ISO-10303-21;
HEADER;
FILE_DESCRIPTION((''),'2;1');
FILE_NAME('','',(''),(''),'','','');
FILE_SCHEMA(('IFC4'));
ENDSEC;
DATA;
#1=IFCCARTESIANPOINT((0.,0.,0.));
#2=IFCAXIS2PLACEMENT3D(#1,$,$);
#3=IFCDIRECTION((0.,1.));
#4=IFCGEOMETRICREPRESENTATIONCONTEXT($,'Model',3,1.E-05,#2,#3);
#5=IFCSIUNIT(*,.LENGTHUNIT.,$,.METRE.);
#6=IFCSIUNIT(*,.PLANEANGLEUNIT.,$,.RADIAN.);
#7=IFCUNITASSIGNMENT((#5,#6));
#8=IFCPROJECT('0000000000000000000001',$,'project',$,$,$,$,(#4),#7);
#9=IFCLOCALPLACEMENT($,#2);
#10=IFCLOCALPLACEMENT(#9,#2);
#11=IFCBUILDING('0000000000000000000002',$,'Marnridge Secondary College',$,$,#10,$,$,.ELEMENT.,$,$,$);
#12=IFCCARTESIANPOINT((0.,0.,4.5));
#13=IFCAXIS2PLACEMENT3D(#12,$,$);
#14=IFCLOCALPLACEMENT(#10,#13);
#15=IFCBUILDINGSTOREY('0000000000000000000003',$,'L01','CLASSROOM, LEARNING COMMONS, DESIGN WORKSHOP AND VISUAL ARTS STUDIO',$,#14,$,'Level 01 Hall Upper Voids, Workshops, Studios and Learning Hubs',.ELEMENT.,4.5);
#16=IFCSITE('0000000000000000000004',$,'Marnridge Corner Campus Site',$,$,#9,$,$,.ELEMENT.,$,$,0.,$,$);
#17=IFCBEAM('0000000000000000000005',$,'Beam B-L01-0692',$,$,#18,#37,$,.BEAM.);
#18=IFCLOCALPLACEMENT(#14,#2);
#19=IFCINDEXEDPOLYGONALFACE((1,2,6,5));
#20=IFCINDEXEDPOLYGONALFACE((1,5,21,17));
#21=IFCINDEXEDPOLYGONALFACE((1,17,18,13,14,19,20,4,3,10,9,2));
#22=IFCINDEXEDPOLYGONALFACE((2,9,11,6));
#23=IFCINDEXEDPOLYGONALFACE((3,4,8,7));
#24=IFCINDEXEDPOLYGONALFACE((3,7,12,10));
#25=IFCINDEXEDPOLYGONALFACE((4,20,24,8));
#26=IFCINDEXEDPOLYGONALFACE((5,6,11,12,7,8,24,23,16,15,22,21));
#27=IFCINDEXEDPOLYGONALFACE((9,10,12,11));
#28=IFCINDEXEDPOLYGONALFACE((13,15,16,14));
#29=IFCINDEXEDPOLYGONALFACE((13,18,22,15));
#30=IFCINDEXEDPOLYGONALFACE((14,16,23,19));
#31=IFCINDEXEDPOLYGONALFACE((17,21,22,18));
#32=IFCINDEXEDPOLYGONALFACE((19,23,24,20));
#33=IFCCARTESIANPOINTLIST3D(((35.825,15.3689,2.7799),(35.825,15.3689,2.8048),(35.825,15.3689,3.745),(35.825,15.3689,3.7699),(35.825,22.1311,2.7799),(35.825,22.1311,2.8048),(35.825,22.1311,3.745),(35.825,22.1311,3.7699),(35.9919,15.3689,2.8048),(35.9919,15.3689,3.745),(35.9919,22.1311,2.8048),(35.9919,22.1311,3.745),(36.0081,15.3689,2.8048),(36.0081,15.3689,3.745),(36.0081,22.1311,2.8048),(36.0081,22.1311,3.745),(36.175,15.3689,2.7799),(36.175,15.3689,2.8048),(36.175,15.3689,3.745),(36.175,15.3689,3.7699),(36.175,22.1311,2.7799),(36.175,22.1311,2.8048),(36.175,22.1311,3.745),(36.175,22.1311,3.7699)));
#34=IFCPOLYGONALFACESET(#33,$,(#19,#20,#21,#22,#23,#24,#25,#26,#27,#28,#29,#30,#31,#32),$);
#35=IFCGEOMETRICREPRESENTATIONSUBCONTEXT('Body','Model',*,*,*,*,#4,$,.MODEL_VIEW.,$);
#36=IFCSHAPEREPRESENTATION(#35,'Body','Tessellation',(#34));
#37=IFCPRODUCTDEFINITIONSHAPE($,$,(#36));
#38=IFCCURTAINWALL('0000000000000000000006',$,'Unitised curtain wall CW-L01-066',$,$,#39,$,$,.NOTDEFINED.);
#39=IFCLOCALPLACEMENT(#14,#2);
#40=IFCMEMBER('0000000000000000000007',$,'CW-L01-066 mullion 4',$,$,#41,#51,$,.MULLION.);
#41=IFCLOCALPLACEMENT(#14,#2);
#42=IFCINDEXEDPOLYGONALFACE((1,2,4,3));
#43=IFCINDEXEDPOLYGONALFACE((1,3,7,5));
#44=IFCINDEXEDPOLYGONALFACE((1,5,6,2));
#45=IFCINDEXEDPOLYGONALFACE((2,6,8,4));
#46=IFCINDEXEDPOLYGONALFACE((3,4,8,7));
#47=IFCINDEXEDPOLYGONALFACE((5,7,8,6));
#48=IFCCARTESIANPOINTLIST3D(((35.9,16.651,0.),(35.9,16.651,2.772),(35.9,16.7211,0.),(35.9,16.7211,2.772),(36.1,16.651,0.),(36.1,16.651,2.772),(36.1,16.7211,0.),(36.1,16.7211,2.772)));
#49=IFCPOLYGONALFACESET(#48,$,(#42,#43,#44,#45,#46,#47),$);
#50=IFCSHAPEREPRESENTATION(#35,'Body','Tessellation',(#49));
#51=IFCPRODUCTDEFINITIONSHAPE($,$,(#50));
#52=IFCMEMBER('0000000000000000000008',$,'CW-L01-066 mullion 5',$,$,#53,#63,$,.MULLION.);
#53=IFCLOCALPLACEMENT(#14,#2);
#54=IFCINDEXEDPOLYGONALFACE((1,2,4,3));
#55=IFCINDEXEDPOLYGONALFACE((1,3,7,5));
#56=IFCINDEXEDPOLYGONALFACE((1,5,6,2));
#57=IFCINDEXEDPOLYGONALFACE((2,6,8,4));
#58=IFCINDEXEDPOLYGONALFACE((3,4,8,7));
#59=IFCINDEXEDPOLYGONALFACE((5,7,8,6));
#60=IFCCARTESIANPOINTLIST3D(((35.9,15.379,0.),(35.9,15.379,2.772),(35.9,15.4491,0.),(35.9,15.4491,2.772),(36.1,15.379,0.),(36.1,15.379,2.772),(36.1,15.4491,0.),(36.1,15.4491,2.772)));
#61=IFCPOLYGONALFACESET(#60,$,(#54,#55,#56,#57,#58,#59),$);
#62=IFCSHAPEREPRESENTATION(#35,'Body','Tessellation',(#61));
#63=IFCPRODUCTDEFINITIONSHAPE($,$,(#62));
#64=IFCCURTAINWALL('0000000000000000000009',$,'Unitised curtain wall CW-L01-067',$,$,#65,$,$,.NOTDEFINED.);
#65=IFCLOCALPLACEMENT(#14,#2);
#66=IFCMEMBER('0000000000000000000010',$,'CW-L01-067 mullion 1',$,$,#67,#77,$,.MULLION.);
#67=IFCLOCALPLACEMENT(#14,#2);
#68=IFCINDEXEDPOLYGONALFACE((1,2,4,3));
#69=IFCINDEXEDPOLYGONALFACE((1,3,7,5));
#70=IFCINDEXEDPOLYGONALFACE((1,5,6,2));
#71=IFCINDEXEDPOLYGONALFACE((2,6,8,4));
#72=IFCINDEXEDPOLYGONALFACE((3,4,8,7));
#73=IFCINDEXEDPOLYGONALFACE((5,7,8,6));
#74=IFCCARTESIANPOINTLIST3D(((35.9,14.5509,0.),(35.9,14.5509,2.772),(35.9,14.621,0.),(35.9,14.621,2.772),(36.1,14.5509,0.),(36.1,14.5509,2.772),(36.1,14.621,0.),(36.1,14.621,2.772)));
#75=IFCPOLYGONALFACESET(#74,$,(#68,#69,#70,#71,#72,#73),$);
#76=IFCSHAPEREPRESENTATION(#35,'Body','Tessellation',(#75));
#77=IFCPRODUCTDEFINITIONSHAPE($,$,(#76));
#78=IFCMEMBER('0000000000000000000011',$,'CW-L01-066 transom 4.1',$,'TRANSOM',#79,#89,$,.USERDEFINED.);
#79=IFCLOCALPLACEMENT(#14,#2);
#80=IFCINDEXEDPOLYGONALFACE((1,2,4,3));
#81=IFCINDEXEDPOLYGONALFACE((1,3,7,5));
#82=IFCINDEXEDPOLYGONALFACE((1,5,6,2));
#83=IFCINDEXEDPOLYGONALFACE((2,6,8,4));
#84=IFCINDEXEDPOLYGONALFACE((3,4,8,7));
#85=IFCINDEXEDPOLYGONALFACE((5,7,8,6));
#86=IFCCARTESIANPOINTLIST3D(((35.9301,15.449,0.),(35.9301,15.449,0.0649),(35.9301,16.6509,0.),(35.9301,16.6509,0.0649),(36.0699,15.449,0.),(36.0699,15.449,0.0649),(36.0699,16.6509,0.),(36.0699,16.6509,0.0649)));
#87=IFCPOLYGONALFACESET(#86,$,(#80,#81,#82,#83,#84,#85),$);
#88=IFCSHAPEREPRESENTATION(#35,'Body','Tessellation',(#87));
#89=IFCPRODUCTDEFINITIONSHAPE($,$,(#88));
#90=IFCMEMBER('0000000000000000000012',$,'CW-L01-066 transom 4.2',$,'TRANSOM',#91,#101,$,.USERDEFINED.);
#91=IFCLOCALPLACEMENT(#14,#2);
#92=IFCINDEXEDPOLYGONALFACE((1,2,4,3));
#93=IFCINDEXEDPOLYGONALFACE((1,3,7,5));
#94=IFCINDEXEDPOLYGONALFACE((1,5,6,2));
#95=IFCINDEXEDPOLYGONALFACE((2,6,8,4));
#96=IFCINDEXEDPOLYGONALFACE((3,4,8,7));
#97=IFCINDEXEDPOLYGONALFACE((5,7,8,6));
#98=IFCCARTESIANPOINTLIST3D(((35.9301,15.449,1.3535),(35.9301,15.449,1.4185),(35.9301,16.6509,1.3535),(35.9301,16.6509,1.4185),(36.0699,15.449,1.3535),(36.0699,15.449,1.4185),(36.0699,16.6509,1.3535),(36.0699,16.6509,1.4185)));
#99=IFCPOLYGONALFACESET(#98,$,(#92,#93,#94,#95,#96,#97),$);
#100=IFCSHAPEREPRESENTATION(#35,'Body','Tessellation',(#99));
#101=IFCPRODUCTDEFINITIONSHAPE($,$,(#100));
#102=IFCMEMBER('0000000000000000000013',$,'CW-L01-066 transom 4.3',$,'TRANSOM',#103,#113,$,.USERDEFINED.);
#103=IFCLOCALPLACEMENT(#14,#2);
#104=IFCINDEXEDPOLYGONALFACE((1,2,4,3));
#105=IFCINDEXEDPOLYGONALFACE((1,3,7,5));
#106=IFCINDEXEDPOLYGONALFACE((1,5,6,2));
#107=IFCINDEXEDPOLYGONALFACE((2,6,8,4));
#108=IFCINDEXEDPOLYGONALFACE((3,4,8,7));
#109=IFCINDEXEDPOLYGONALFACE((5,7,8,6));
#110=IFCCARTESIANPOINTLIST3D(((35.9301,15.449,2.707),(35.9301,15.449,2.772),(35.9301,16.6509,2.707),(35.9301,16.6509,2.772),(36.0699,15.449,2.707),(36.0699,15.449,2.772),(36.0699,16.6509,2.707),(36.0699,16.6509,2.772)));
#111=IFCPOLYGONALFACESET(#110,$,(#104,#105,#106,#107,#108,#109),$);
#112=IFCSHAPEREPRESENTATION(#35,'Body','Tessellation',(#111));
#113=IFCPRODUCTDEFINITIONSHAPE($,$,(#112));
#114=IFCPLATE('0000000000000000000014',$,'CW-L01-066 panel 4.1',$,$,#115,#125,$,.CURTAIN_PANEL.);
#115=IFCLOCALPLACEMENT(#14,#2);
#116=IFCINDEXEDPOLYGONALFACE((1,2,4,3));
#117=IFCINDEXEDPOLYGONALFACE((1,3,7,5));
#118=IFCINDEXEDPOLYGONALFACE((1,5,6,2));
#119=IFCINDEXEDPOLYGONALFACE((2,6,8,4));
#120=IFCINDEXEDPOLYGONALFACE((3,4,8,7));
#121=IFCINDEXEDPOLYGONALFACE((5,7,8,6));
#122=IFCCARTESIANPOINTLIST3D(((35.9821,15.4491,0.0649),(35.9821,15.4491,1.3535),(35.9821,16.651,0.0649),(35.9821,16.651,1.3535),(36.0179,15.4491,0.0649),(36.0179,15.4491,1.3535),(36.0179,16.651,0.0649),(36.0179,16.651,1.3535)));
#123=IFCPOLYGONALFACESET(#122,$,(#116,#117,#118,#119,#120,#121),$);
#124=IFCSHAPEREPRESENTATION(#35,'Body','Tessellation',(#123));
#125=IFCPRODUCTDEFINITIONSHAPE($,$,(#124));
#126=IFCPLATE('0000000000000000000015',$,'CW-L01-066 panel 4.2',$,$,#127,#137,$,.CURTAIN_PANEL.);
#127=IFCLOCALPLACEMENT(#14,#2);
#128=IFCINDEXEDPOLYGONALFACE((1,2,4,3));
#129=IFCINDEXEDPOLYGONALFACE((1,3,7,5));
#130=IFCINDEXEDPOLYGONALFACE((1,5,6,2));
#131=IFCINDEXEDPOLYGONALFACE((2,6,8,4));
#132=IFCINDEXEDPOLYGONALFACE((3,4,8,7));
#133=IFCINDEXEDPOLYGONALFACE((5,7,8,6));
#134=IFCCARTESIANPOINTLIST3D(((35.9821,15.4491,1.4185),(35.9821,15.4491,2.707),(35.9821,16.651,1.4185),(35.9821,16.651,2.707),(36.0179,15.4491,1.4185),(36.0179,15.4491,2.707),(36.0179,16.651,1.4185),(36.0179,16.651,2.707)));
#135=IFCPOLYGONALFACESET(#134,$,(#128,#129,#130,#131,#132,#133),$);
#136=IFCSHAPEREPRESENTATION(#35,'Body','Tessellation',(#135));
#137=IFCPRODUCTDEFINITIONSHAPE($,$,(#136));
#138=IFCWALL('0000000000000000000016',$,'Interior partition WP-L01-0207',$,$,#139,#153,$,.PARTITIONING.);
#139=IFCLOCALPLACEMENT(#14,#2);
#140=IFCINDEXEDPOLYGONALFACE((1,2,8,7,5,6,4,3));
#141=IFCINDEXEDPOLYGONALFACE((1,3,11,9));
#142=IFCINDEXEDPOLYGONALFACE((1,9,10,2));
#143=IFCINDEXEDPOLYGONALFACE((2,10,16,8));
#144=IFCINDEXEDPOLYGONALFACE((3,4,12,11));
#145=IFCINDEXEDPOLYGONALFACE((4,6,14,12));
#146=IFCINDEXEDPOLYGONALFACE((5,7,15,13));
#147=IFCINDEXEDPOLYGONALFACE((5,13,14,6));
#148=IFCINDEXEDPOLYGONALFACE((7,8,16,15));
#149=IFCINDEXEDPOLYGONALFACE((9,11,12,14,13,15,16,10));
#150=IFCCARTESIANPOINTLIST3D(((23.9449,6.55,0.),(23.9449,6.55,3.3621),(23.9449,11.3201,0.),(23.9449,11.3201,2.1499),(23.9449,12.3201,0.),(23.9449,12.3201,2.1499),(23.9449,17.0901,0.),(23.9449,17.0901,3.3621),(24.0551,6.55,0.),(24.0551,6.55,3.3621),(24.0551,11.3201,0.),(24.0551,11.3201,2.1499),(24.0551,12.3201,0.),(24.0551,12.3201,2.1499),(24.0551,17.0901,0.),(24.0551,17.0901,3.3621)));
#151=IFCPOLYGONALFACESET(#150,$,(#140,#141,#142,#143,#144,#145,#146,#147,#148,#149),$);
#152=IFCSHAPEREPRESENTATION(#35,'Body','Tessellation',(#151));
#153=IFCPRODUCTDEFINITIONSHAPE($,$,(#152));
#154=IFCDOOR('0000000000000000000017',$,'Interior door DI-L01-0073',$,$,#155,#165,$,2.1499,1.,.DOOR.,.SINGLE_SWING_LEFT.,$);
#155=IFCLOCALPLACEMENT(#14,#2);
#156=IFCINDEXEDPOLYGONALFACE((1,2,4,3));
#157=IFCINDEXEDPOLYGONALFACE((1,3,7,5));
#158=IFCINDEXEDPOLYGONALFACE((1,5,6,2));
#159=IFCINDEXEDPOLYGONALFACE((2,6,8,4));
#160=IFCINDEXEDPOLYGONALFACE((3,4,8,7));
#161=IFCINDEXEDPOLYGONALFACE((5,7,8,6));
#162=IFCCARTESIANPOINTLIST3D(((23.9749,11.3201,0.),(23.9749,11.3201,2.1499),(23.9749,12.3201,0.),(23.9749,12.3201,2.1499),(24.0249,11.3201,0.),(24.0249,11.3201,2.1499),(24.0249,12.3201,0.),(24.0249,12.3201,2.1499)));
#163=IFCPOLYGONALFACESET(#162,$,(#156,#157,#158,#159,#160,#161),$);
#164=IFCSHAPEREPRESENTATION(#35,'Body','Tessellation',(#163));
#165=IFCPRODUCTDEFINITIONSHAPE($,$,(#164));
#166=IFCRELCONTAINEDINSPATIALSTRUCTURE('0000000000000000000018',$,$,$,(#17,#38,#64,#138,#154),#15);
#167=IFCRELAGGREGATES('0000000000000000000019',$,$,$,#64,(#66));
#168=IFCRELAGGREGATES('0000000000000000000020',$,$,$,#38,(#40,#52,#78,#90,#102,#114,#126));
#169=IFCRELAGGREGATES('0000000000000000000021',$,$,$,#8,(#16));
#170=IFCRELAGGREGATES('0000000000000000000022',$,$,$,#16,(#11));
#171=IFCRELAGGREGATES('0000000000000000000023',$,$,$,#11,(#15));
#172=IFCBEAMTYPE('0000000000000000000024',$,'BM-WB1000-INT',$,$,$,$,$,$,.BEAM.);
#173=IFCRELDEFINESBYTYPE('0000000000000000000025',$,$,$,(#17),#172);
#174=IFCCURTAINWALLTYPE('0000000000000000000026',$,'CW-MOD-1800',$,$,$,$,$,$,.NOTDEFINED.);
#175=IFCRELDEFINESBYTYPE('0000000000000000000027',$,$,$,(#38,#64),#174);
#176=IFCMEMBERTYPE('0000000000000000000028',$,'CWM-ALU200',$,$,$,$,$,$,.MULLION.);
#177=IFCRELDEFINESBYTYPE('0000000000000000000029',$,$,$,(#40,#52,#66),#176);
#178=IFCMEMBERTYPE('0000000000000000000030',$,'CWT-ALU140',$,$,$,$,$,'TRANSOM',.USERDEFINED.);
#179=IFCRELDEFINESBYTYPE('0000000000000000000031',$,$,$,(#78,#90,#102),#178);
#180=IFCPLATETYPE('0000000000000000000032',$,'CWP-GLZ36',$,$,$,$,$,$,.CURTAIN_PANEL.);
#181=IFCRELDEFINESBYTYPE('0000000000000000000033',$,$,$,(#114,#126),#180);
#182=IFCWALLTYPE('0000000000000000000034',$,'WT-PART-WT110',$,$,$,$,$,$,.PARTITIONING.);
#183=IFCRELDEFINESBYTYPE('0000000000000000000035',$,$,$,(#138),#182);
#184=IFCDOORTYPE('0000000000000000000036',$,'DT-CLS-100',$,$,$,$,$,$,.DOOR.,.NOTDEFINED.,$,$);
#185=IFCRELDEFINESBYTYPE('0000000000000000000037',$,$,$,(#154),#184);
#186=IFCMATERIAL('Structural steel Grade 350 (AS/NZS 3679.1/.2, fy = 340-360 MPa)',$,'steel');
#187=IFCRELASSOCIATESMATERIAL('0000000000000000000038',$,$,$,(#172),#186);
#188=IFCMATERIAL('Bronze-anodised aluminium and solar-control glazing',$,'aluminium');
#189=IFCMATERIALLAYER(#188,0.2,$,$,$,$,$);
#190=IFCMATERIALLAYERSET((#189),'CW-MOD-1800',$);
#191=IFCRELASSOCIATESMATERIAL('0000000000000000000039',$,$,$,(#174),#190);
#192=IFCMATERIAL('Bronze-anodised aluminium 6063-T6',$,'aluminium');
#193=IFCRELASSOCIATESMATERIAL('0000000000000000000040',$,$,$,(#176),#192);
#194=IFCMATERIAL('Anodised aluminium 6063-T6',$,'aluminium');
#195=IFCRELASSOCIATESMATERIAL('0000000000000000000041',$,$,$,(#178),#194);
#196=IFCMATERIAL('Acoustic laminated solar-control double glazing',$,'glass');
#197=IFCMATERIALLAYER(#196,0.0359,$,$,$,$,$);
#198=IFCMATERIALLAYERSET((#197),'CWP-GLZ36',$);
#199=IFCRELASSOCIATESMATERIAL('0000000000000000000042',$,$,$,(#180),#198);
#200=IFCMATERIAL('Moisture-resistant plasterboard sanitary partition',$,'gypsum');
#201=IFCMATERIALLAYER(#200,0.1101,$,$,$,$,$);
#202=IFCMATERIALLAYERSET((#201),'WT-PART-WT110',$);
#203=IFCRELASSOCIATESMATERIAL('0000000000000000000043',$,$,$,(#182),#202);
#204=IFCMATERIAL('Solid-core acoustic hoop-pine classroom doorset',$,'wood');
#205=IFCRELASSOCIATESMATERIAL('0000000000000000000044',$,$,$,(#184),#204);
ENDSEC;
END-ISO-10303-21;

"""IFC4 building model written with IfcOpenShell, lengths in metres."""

from ifc_helpers import new_model, si_unit, direction, frame, frame_2d, origin, origin_2d, place, context, subcontext, project, spatial, rectangle, i_section, extrude, material, layer, layer_set, material_profile, profile_set, type_object, element, fill, aggregate, save


model = new_model("IFC4")

# Units and contexts
model_context = context("Model", 3, precision=1e-05, world=origin(), true_north=direction((0.0, 1.0)))
body_context = subcontext(model_context, "Body", "Model", "MODEL_VIEW")
ifc_project = project(units=[si_unit("LENGTHUNIT", "METRE"), si_unit("PLANEANGLEUNIT", "RADIAN")], contexts=[model_context])

# Site, building, storey
site_placement = place(None, origin())
site = spatial("IfcSite", under=ifc_project, at=site_placement, Name="Marnridge Corner Campus Site", CompositionType="ELEMENT", RefElevation=0.0)
building_placement = place(site_placement, origin())
building = spatial("IfcBuilding", under=site, at=building_placement, Name="Marnridge Secondary College", CompositionType="ELEMENT")
storey_placement = place(building_placement, frame((0.0, 0.0, 4.5)))
storey = spatial("IfcBuildingStorey", under=building, at=storey_placement, Name="L01", Description="CLASSROOM, LEARNING COMMONS, DESIGN WORKSHOP AND VISUAL ARTS STUDIO", LongName="Level 01 Hall Upper Voids, Workshops, Studios and Learning Hubs", CompositionType="ELEMENT", Elevation=4.5)

# Beam
ifc_material_1 = material(Name="Structural steel Grade 350 (AS/NZS 3679.1/.2, fy = 340-360 MPa)", Category="steel")
ifc_material_profile_1 = material_profile(ifc_material_1, i_section(OverallWidth=0.3501, OverallDepth=0.99, WebThickness=0.0161, FlangeThickness=0.0249, at=origin_2d()), Name="1000WB258")
ifc_profile_set_1 = profile_set([ifc_material_profile_1], Name="Structural steel Grade 350 (AS/NZS 3679.1/.2, fy = 340-360 MPa)")
beam_type_1 = type_object("IfcBeamType", Name="BM-WB1000-INT", PredefinedType="BEAM", material=ifc_profile_set_1)
for number, where, z_axis, x_axis, name in (
    (1, (36.0, 15.3689, 3.2749), (0.0, 1.0, 0.0), (-1.0, 0.0, 0.0), "Beam B-L01-0692"),
):
    element("IfcBeam", number, at=place(storey_placement, frame(where, z_axis=z_axis, x_axis=x_axis)), inside=storey, type_object=beam_type_1, Name=name, PredefinedType="BEAM", context=body_context, shape_type="SweptSolid", body=[
        extrude(i_section(OverallWidth=0.3501, OverallDepth=0.99, WebThickness=0.0161, FlangeThickness=0.0249, at=origin_2d()), origin(), (0.0, 0.0, 1.0), 6.7622),
    ])

# Curtain wall, members
ifc_material_2 = material(Name="Bronze-anodised aluminium and solar-control glazing", Category="aluminium")
ifc_layer_1 = layer(ifc_material_2, 0.2)
ifc_layer_set_1 = layer_set([ifc_layer_1], Name="CW-MOD-1800")
curtain_wall_type = type_object("IfcCurtainWallType", Name="CW-MOD-1800", PredefinedType="NOTDEFINED", material=ifc_layer_set_1)
curtain_wall_1_placement = place(storey_placement, origin())
curtain_wall_1 = element("IfcCurtainWall", 2, at=curtain_wall_1_placement, inside=storey, type_object=curtain_wall_type, Name="Unitised curtain wall CW-L01-066", PredefinedType="NOTDEFINED")
ifc_material_3 = material(Name="Bronze-anodised aluminium 6063-T6", Category="aluminium")
ifc_material_profile_2 = material_profile(ifc_material_3, rectangle(XDim=0.0701, YDim=0.2, at=origin_2d()), Name="ALU 70x200")
ifc_profile_set_2 = profile_set([ifc_material_profile_2], Name="Bronze-anodised aluminium 6063-T6")
member_type_1 = type_object("IfcMemberType", Name="CWM-ALU200", PredefinedType="MULLION", material=ifc_profile_set_2)
member_1_placement = place(storey_placement, frame((36.0, 16.686, 0.0), z_axis=(0.0, 0.0, 1.0), x_axis=(0.0, -1.0, 0.0)))
member_1 = element("IfcMember", 3, at=member_1_placement, type_object=member_type_1, Name="CW-L01-066 mullion 4", PredefinedType="MULLION", context=body_context, shape_type="SweptSolid", body=[
    extrude(rectangle(XDim=0.0701, YDim=0.2, at=origin_2d()), origin(), (0.0, 0.0, 1.0), 2.772),
])
member_2_placement = place(storey_placement, frame((36.0, 15.4141, 0.0), z_axis=(0.0, 0.0, 1.0), x_axis=(0.0, -1.0, 0.0)))
member_2 = element("IfcMember", 4, at=member_2_placement, type_object=member_type_1, Name="CW-L01-066 mullion 5", PredefinedType="MULLION", context=body_context, shape_type="SweptSolid", body=[
    extrude(rectangle(XDim=0.0701, YDim=0.2, at=origin_2d()), origin(), (0.0, 0.0, 1.0), 2.772),
])

# Curtain wall, member
curtain_wall_2_placement = place(storey_placement, origin())
curtain_wall_2 = element("IfcCurtainWall", 5, at=curtain_wall_2_placement, inside=storey, type_object=curtain_wall_type, Name="Unitised curtain wall CW-L01-067", PredefinedType="NOTDEFINED")
member_3_placement = place(storey_placement, frame((36.0, 14.5859, 0.0), z_axis=(0.0, 0.0, 1.0), x_axis=(0.0, -1.0, 0.0)))
member_3 = element("IfcMember", 6, at=member_3_placement, type_object=member_type_1, Name="CW-L01-067 mullion 1", PredefinedType="MULLION", context=body_context, shape_type="SweptSolid", body=[
    extrude(rectangle(XDim=0.0701, YDim=0.2, at=origin_2d()), origin(), (0.0, 0.0, 1.0), 2.772),
])
aggregate(curtain_wall_2, [member_3])

# Members
ifc_material_4 = material(Name="Anodised aluminium 6063-T6", Category="aluminium")
ifc_material_profile_3 = material_profile(ifc_material_4, rectangle(XDim=0.0649, YDim=0.1399, at=origin_2d()), Name="ALU 65x140")
ifc_profile_set_3 = profile_set([ifc_material_profile_3], Name="Anodised aluminium 6063-T6")
member_type_2 = type_object("IfcMemberType", Name="CWT-ALU140", ElementType="TRANSOM", PredefinedType="USERDEFINED", material=ifc_profile_set_3)
member_4_placement = place(storey_placement, frame((36.0, 16.6509, 0.0325), z_axis=(0.0, -1.0, 0.0), x_axis=(0.0, 0.0, 1.0)))
member_4 = element("IfcMember", 7, at=member_4_placement, type_object=member_type_2, Name="CW-L01-066 transom 4.1", ObjectType="TRANSOM", PredefinedType="USERDEFINED", context=body_context, shape_type="SweptSolid", body=[
    extrude(rectangle(XDim=0.0649, YDim=0.1399, at=origin_2d()), origin(), (0.0, 0.0, 1.0), 1.2019),
])
member_5_placement = place(storey_placement, frame((36.0, 16.6509, 1.386), z_axis=(0.0, -1.0, 0.0), x_axis=(0.0, 0.0, 1.0)))
member_5 = element("IfcMember", 8, at=member_5_placement, type_object=member_type_2, Name="CW-L01-066 transom 4.2", ObjectType="TRANSOM", PredefinedType="USERDEFINED", context=body_context, shape_type="SweptSolid", body=[
    extrude(rectangle(XDim=0.0649, YDim=0.1399, at=origin_2d()), origin(), (0.0, 0.0, 1.0), 1.2019),
])
member_6_placement = place(storey_placement, frame((36.0, 16.6509, 2.7395), z_axis=(0.0, -1.0, 0.0), x_axis=(0.0, 0.0, 1.0)))
member_6 = element("IfcMember", 9, at=member_6_placement, type_object=member_type_2, Name="CW-L01-066 transom 4.3", ObjectType="TRANSOM", PredefinedType="USERDEFINED", context=body_context, shape_type="SweptSolid", body=[
    extrude(rectangle(XDim=0.0649, YDim=0.1399, at=origin_2d()), origin(), (0.0, 0.0, 1.0), 1.2019),
])

# Plates
ifc_material_5 = material(Name="Acoustic laminated solar-control double glazing", Category="glass")
ifc_layer_2 = layer(ifc_material_5, 0.0359)
ifc_layer_set_2 = layer_set([ifc_layer_2], Name="CWP-GLZ36")
plate_type = type_object("IfcPlateType", Name="CWP-GLZ36", PredefinedType="CURTAIN_PANEL", material=ifc_layer_set_2)
plate_1_placement = place(storey_placement, frame((36.0, 16.05, 0.0649), z_axis=(0.0, 0.0, 1.0), x_axis=(0.0, -1.0, 0.0)))
plate_1 = element("IfcPlate", 10, at=plate_1_placement, type_object=plate_type, Name="CW-L01-066 panel 4.1", PredefinedType="CURTAIN_PANEL", context=body_context, shape_type="SweptSolid", body=[
    extrude(rectangle(XDim=1.2019, YDim=0.0359, at=origin_2d()), origin(), (0.0, 0.0, 1.0), 1.2886),
])
plate_2_placement = place(storey_placement, frame((36.0, 16.05, 1.4185), z_axis=(0.0, 0.0, 1.0), x_axis=(0.0, -1.0, 0.0)))
plate_2 = element("IfcPlate", 11, at=plate_2_placement, type_object=plate_type, Name="CW-L01-066 panel 4.2", PredefinedType="CURTAIN_PANEL", context=body_context, shape_type="SweptSolid", body=[
    extrude(rectangle(XDim=1.2019, YDim=0.0359, at=origin_2d()), origin(), (0.0, 0.0, 1.0), 1.2886),
])
aggregate(curtain_wall_1, [member_1, member_2, member_4, member_5, member_6, plate_1, plate_2])

# Wall, opening, door
ifc_material_6 = material(Name="Moisture-resistant plasterboard sanitary partition", Category="gypsum")
ifc_layer_3 = layer(ifc_material_6, 0.1101)
ifc_layer_set_3 = layer_set([ifc_layer_3], Name="WT-PART-WT110")
wall_type = type_object("IfcWallType", Name="WT-PART-WT110", PredefinedType="PARTITIONING", material=ifc_layer_set_3)
wall_placement = place(storey_placement, frame((24.0, 17.0901, 0.0), z_axis=(0.0, 0.0, 1.0), x_axis=(0.0, -1.0, 0.0)))
wall = element("IfcWall", 12, at=wall_placement, inside=storey, type_object=wall_type, Name="Interior partition WP-L01-0207", PredefinedType="PARTITIONING", context=body_context, shape_type="SweptSolid", body=[
    extrude(rectangle(XDim=10.54, YDim=0.1101, at=frame_2d((5.27, 0.0))), origin(), (0.0, 0.0, 1.0), 3.3621),
])
opening_placement = place(wall_placement, frame((4.77, 0.0, 0.0)))
opening = element("IfcOpeningElement", 13, at=opening_placement, cuts=wall, PredefinedType="OPENING", context=body_context, shape_type="SweptSolid", body=[
    extrude(rectangle(XDim=1.0, YDim=2.1499, at=frame_2d((0.5, 1.075))), frame((0.0, 0.0649, 0.0), z_axis=(0.0, -1.0, 0.0), x_axis=(1.0, 0.0, 0.0)), (0.0, 0.0, 1.0), 0.1301),
])
ifc_material_7 = material(Name="Solid-core acoustic hoop-pine classroom doorset", Category="wood")
door_type = type_object("IfcDoorType", Name="DT-CLS-100", OperationType="NOTDEFINED", PredefinedType="DOOR", material=ifc_material_7)
door_placement = place(opening_placement, origin())
door = element("IfcDoor", 14, at=door_placement, inside=storey, type_object=door_type, Name="Interior door DI-L01-0073", OperationType="SINGLE_SWING_LEFT", OverallHeight=2.1499, OverallWidth=1.0, PredefinedType="DOOR", context=body_context, shape_type="SweptSolid", body=[
    extrude(rectangle(XDim=1.0, YDim=2.1499, at=frame_2d((0.5, 1.075))), frame((0.0, 0.0249, 0.0), z_axis=(0.0, -1.0, 0.0), x_axis=(1.0, 0.0, 0.0)), (0.0, 0.0, 1.0), 0.05),
])
fill(opening, door)

save(model, "model.ifc")
